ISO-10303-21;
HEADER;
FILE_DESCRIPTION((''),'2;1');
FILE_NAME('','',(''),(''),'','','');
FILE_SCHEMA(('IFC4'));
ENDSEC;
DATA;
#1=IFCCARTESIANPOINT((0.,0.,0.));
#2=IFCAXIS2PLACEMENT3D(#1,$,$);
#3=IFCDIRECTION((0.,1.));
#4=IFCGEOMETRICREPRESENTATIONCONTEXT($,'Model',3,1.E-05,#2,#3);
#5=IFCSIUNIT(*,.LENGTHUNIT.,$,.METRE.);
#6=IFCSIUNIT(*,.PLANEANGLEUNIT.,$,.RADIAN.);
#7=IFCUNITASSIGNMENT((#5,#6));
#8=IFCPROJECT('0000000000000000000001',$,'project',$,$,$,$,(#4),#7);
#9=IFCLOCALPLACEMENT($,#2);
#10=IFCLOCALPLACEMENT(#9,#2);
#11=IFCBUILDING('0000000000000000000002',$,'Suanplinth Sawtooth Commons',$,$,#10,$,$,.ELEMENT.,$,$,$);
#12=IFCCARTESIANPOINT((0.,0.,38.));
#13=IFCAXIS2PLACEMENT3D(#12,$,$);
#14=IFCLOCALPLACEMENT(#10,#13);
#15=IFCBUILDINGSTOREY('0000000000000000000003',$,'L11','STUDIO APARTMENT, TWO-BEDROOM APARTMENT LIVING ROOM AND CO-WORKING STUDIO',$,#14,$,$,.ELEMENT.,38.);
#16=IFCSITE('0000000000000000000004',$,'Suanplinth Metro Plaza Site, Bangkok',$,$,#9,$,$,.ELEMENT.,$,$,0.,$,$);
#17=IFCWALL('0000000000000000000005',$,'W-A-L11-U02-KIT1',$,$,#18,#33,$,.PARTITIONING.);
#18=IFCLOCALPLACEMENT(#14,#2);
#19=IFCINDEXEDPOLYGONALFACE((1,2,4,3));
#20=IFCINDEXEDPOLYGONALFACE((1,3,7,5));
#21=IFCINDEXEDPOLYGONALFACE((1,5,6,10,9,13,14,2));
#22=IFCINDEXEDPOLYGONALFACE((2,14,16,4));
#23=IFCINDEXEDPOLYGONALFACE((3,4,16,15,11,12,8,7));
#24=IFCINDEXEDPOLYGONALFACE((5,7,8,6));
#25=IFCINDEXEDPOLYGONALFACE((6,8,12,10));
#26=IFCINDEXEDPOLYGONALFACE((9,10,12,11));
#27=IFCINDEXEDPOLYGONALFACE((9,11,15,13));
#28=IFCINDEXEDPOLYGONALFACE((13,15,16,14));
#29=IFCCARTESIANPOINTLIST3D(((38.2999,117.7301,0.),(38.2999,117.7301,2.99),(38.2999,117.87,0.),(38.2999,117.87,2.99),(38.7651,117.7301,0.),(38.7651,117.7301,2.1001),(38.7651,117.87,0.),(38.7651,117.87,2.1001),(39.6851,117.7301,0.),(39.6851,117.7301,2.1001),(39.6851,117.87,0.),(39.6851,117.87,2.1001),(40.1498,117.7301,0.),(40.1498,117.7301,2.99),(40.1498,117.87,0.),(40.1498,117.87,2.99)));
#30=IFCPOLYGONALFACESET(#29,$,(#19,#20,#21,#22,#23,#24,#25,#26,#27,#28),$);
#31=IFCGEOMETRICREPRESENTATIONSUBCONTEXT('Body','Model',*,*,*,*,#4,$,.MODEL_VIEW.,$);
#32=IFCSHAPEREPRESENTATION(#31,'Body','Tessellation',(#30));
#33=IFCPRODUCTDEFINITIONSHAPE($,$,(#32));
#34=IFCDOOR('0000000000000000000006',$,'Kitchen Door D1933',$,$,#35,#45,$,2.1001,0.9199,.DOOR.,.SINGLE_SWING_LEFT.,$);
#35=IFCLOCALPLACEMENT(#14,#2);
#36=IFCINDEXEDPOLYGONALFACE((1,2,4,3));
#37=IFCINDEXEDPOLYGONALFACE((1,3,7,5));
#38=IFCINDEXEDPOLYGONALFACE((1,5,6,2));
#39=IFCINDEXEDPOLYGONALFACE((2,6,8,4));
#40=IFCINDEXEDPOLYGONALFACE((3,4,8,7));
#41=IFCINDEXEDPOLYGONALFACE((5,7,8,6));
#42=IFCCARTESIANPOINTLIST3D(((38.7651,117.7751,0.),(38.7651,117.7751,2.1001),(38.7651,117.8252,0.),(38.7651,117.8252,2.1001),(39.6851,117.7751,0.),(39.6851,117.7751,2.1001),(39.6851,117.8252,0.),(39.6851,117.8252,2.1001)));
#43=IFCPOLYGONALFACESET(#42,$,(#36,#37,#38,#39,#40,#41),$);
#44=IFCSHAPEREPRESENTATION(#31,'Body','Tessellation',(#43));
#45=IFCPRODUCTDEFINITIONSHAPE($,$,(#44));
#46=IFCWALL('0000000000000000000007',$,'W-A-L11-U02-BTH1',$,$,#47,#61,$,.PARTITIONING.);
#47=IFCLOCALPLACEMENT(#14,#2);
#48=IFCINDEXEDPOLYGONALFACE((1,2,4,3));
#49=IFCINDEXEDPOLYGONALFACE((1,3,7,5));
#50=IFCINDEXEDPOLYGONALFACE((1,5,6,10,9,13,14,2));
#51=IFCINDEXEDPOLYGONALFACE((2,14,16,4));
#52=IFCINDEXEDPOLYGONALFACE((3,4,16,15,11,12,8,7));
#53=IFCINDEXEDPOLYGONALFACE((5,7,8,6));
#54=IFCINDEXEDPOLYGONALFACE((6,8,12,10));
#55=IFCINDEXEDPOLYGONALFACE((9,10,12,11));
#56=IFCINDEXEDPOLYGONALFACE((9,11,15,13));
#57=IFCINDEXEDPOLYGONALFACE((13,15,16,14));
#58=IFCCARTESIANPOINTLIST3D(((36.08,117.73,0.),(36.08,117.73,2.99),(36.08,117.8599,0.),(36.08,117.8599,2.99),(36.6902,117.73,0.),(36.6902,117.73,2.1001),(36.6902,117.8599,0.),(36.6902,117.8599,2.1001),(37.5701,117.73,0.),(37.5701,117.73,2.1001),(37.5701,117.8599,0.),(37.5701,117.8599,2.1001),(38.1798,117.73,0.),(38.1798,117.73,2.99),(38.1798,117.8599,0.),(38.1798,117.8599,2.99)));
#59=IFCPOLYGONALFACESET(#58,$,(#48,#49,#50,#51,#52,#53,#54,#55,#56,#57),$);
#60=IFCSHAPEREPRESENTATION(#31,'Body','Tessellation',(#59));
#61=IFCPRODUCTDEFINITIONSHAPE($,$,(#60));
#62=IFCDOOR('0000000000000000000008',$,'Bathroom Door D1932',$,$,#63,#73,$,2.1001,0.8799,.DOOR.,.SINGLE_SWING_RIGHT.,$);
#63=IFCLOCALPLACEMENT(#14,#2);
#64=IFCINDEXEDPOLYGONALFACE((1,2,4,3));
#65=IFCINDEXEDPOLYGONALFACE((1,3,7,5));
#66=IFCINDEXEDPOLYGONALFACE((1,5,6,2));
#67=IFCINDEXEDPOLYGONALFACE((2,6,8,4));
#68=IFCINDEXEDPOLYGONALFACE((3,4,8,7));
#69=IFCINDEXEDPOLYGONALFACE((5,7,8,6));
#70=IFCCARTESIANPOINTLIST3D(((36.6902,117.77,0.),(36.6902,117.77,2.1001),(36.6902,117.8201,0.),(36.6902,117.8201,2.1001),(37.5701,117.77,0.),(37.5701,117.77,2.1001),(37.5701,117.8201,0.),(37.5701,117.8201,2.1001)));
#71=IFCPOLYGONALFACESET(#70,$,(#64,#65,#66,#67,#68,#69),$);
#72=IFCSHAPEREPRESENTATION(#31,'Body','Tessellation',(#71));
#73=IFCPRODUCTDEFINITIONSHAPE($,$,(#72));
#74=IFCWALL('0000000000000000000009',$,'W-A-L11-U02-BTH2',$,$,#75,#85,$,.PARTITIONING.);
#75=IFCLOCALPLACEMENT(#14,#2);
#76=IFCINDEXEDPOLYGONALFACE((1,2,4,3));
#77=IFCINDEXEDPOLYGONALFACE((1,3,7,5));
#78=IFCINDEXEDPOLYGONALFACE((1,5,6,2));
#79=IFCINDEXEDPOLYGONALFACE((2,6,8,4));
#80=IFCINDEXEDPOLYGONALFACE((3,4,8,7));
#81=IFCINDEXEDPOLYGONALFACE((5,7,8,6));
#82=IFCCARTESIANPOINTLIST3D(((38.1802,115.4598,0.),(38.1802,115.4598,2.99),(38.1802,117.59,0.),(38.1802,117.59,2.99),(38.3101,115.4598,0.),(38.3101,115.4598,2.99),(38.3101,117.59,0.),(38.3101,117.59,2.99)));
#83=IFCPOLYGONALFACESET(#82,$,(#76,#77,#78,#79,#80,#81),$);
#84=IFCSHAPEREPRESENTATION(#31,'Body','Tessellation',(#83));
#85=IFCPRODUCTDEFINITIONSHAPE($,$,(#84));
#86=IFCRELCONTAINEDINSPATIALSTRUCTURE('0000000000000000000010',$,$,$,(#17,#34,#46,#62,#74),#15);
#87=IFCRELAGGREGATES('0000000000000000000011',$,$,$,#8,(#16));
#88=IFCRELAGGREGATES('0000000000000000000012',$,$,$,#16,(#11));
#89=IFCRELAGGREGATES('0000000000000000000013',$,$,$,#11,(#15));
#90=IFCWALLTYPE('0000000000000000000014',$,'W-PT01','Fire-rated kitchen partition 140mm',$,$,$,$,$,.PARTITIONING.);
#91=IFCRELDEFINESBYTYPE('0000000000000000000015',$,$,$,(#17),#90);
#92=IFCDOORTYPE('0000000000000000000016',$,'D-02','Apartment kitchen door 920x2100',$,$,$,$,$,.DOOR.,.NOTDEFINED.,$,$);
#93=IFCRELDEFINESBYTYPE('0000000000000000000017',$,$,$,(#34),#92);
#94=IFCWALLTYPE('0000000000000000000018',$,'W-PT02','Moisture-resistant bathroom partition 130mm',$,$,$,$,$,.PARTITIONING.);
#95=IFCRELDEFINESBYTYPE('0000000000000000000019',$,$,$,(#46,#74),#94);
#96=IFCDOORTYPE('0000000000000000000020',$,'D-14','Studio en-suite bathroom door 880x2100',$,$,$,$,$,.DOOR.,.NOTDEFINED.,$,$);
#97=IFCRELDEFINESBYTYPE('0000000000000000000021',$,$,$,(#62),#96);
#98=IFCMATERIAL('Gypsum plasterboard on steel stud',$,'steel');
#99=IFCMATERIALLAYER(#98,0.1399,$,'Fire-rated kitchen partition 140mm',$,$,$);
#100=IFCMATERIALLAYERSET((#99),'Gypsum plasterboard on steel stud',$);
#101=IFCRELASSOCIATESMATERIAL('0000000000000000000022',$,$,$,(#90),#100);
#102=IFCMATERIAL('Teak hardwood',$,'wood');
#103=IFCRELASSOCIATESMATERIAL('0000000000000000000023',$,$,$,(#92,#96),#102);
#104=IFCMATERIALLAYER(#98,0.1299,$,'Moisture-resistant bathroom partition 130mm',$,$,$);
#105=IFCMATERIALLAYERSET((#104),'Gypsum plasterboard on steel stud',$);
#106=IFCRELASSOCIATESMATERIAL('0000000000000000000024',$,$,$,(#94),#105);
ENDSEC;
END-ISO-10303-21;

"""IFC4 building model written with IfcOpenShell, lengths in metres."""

from ifc_helpers import new_model, si_unit, direction, frame, frame_2d, origin, place, context, subcontext, project, spatial, rectangle, extrude, material, layer, layer_set, type_object, element, fill, save


model = new_model("IFC4")

# Units and contexts
model_context = context("Model", 3, precision=1e-05, world=origin(), true_north=direction((0.0, 1.0)))
body_context = subcontext(model_context, "Body", "Model", "MODEL_VIEW")
ifc_project = project(units=[si_unit("LENGTHUNIT", "METRE"), si_unit("PLANEANGLEUNIT", "RADIAN")], contexts=[model_context])

# Site, building, storey
site_placement = place(None, origin())
site = spatial("IfcSite", under=ifc_project, at=site_placement, Name="Suanplinth Metro Plaza Site, Bangkok", CompositionType="ELEMENT", RefElevation=0.0)
building_placement = place(site_placement, origin())
building = spatial("IfcBuilding", under=site, at=building_placement, Name="Suanplinth Sawtooth Commons", CompositionType="ELEMENT")
storey_placement = place(building_placement, frame((0.0, 0.0, 38.0)))
storey = spatial("IfcBuildingStorey", under=building, at=storey_placement, Name="L11", Description="STUDIO APARTMENT, TWO-BEDROOM APARTMENT LIVING ROOM AND CO-WORKING STUDIO", CompositionType="ELEMENT", Elevation=38.0)

# Shared definitions
ifc_material_1 = material(Name="Teak hardwood", Category="wood")

# Walls, openings, doors
ifc_material_2 = material(Name="Gypsum plasterboard on steel stud", Category="steel")
ifc_layer_1 = layer(ifc_material_2, 0.1399, Name="Fire-rated kitchen partition 140mm")
ifc_layer_set_1 = layer_set([ifc_layer_1], Name="Gypsum plasterboard on steel stud")
wall_type_1 = type_object("IfcWallType", Name="W-PT01", Description="Fire-rated kitchen partition 140mm", PredefinedType="PARTITIONING", material=ifc_layer_set_1)
wall_1_placement = place(storey_placement, frame((38.3, 117.8, 0.0), z_axis=(0.0, 0.0, 1.0), x_axis=(1.0, 0.0, 0.0)))
wall_1 = element("IfcWall", 1, at=wall_1_placement, inside=storey, type_object=wall_type_1, Name="W-A-L11-U02-KIT1", PredefinedType="PARTITIONING", context=body_context, shape_type="SweptSolid", body=[
    extrude(rectangle(XDim=1.8499, YDim=0.1399, at=frame_2d((0.9248, 0.0))), origin(), (0.0, 0.0, 1.0), 2.99),
])
opening_1_placement = place(wall_1_placement, frame((0.4651, 0.0, 0.0)))
opening_1 = element("IfcOpeningElement", 2, at=opening_1_placement, cuts=wall_1, PredefinedType="OPENING", context=body_context, shape_type="SweptSolid", body=[
    extrude(rectangle(XDim=0.9199, YDim=2.1001, at=frame_2d((0.46, 1.05))), frame((0.0, 0.085, 0.0), z_axis=(0.0, -1.0, 0.0), x_axis=(1.0, 0.0, 0.0)), (0.0, 0.0, 1.0), 0.1697),
])
door_type_1 = type_object("IfcDoorType", Name="D-02", Description="Apartment kitchen door 920x2100", OperationType="NOTDEFINED", PredefinedType="DOOR", material=ifc_material_1)
door_1_placement = place(opening_1_placement, frame((0.9199, 0.0, 0.0), z_axis=(0.0, 0.0, 1.0), x_axis=(-1.0, 0.0, 0.0)))
door_1 = element("IfcDoor", 3, at=door_1_placement, inside=storey, type_object=door_type_1, Name="Kitchen Door D1933", OperationType="SINGLE_SWING_LEFT", OverallHeight=2.1001, OverallWidth=0.9199, PredefinedType="DOOR", context=body_context, shape_type="SweptSolid", body=[
    extrude(rectangle(XDim=0.9199, YDim=2.1001, at=frame_2d((0.46, 1.05))), frame((0.0, 0.0249, 0.0), z_axis=(0.0, -1.0, 0.0), x_axis=(1.0, 0.0, 0.0)), (0.0, 0.0, 1.0), 0.05),
])
fill(opening_1, door_1)
ifc_layer_2 = layer(ifc_material_2, 0.1299, Name="Moisture-resistant bathroom partition 130mm")
ifc_layer_set_2 = layer_set([ifc_layer_2], Name="Gypsum plasterboard on steel stud")
wall_type_2 = type_object("IfcWallType", Name="W-PT02", Description="Moisture-resistant bathroom partition 130mm", PredefinedType="PARTITIONING", material=ifc_layer_set_2)
wall_2_placement = place(storey_placement, frame((36.0801, 117.7949, 0.0), z_axis=(0.0, 0.0, 1.0), x_axis=(1.0, 0.0, 0.0)))
wall_2 = element("IfcWall", 4, at=wall_2_placement, inside=storey, type_object=wall_type_2, Name="W-A-L11-U02-BTH1", PredefinedType="PARTITIONING", context=body_context, shape_type="SweptSolid", body=[
    extrude(rectangle(XDim=2.0999, YDim=0.1299, at=frame_2d((1.0498, 0.0))), origin(), (0.0, 0.0, 1.0), 2.99),
])
opening_2_placement = place(wall_2_placement, frame((0.6101, 0.0, 0.0)))
opening_2 = element("IfcOpeningElement", 5, at=opening_2_placement, cuts=wall_2, PredefinedType="OPENING", context=body_context, shape_type="SweptSolid", body=[
    extrude(rectangle(XDim=0.8799, YDim=2.1001, at=frame_2d((0.4399, 1.05))), frame((0.0, 0.0798, 0.0), z_axis=(0.0, -1.0, 0.0), x_axis=(1.0, 0.0, 0.0)), (0.0, 0.0, 1.0), 0.1597),
])
door_type_2 = type_object("IfcDoorType", Name="D-14", Description="Studio en-suite bathroom door 880x2100", OperationType="NOTDEFINED", PredefinedType="DOOR", material=ifc_material_1)
door_2_placement = place(opening_2_placement, frame((0.8799, 0.0, 0.0), z_axis=(0.0, 0.0, 1.0), x_axis=(-1.0, 0.0, 0.0)))
door_2 = element("IfcDoor", 6, at=door_2_placement, inside=storey, type_object=door_type_2, Name="Bathroom Door D1932", OperationType="SINGLE_SWING_RIGHT", OverallHeight=2.1001, OverallWidth=0.8799, PredefinedType="DOOR", context=body_context, shape_type="SweptSolid", body=[
    extrude(rectangle(XDim=0.8799, YDim=2.1001, at=frame_2d((0.4399, 1.05))), frame((0.0, 0.0249, 0.0), z_axis=(0.0, -1.0, 0.0), x_axis=(1.0, 0.0, 0.0)), (0.0, 0.0, 1.0), 0.05),
])
fill(opening_2, door_2)

# Wall
wall_3_placement = place(storey_placement, frame((38.2451, 115.46, 0.0), z_axis=(0.0, 0.0, 1.0), x_axis=(0.0, 1.0, 0.0)))
element("IfcWall", 7, at=wall_3_placement, inside=storey, type_object=wall_type_2, Name="W-A-L11-U02-BTH2", PredefinedType="PARTITIONING", context=body_context, shape_type="SweptSolid", body=[
    extrude(rectangle(XDim=2.1301, YDim=0.1299, at=frame_2d((1.0649, 0.0))), origin(), (0.0, 0.0, 1.0), 2.99),
])

save(model, "model.ifc")
